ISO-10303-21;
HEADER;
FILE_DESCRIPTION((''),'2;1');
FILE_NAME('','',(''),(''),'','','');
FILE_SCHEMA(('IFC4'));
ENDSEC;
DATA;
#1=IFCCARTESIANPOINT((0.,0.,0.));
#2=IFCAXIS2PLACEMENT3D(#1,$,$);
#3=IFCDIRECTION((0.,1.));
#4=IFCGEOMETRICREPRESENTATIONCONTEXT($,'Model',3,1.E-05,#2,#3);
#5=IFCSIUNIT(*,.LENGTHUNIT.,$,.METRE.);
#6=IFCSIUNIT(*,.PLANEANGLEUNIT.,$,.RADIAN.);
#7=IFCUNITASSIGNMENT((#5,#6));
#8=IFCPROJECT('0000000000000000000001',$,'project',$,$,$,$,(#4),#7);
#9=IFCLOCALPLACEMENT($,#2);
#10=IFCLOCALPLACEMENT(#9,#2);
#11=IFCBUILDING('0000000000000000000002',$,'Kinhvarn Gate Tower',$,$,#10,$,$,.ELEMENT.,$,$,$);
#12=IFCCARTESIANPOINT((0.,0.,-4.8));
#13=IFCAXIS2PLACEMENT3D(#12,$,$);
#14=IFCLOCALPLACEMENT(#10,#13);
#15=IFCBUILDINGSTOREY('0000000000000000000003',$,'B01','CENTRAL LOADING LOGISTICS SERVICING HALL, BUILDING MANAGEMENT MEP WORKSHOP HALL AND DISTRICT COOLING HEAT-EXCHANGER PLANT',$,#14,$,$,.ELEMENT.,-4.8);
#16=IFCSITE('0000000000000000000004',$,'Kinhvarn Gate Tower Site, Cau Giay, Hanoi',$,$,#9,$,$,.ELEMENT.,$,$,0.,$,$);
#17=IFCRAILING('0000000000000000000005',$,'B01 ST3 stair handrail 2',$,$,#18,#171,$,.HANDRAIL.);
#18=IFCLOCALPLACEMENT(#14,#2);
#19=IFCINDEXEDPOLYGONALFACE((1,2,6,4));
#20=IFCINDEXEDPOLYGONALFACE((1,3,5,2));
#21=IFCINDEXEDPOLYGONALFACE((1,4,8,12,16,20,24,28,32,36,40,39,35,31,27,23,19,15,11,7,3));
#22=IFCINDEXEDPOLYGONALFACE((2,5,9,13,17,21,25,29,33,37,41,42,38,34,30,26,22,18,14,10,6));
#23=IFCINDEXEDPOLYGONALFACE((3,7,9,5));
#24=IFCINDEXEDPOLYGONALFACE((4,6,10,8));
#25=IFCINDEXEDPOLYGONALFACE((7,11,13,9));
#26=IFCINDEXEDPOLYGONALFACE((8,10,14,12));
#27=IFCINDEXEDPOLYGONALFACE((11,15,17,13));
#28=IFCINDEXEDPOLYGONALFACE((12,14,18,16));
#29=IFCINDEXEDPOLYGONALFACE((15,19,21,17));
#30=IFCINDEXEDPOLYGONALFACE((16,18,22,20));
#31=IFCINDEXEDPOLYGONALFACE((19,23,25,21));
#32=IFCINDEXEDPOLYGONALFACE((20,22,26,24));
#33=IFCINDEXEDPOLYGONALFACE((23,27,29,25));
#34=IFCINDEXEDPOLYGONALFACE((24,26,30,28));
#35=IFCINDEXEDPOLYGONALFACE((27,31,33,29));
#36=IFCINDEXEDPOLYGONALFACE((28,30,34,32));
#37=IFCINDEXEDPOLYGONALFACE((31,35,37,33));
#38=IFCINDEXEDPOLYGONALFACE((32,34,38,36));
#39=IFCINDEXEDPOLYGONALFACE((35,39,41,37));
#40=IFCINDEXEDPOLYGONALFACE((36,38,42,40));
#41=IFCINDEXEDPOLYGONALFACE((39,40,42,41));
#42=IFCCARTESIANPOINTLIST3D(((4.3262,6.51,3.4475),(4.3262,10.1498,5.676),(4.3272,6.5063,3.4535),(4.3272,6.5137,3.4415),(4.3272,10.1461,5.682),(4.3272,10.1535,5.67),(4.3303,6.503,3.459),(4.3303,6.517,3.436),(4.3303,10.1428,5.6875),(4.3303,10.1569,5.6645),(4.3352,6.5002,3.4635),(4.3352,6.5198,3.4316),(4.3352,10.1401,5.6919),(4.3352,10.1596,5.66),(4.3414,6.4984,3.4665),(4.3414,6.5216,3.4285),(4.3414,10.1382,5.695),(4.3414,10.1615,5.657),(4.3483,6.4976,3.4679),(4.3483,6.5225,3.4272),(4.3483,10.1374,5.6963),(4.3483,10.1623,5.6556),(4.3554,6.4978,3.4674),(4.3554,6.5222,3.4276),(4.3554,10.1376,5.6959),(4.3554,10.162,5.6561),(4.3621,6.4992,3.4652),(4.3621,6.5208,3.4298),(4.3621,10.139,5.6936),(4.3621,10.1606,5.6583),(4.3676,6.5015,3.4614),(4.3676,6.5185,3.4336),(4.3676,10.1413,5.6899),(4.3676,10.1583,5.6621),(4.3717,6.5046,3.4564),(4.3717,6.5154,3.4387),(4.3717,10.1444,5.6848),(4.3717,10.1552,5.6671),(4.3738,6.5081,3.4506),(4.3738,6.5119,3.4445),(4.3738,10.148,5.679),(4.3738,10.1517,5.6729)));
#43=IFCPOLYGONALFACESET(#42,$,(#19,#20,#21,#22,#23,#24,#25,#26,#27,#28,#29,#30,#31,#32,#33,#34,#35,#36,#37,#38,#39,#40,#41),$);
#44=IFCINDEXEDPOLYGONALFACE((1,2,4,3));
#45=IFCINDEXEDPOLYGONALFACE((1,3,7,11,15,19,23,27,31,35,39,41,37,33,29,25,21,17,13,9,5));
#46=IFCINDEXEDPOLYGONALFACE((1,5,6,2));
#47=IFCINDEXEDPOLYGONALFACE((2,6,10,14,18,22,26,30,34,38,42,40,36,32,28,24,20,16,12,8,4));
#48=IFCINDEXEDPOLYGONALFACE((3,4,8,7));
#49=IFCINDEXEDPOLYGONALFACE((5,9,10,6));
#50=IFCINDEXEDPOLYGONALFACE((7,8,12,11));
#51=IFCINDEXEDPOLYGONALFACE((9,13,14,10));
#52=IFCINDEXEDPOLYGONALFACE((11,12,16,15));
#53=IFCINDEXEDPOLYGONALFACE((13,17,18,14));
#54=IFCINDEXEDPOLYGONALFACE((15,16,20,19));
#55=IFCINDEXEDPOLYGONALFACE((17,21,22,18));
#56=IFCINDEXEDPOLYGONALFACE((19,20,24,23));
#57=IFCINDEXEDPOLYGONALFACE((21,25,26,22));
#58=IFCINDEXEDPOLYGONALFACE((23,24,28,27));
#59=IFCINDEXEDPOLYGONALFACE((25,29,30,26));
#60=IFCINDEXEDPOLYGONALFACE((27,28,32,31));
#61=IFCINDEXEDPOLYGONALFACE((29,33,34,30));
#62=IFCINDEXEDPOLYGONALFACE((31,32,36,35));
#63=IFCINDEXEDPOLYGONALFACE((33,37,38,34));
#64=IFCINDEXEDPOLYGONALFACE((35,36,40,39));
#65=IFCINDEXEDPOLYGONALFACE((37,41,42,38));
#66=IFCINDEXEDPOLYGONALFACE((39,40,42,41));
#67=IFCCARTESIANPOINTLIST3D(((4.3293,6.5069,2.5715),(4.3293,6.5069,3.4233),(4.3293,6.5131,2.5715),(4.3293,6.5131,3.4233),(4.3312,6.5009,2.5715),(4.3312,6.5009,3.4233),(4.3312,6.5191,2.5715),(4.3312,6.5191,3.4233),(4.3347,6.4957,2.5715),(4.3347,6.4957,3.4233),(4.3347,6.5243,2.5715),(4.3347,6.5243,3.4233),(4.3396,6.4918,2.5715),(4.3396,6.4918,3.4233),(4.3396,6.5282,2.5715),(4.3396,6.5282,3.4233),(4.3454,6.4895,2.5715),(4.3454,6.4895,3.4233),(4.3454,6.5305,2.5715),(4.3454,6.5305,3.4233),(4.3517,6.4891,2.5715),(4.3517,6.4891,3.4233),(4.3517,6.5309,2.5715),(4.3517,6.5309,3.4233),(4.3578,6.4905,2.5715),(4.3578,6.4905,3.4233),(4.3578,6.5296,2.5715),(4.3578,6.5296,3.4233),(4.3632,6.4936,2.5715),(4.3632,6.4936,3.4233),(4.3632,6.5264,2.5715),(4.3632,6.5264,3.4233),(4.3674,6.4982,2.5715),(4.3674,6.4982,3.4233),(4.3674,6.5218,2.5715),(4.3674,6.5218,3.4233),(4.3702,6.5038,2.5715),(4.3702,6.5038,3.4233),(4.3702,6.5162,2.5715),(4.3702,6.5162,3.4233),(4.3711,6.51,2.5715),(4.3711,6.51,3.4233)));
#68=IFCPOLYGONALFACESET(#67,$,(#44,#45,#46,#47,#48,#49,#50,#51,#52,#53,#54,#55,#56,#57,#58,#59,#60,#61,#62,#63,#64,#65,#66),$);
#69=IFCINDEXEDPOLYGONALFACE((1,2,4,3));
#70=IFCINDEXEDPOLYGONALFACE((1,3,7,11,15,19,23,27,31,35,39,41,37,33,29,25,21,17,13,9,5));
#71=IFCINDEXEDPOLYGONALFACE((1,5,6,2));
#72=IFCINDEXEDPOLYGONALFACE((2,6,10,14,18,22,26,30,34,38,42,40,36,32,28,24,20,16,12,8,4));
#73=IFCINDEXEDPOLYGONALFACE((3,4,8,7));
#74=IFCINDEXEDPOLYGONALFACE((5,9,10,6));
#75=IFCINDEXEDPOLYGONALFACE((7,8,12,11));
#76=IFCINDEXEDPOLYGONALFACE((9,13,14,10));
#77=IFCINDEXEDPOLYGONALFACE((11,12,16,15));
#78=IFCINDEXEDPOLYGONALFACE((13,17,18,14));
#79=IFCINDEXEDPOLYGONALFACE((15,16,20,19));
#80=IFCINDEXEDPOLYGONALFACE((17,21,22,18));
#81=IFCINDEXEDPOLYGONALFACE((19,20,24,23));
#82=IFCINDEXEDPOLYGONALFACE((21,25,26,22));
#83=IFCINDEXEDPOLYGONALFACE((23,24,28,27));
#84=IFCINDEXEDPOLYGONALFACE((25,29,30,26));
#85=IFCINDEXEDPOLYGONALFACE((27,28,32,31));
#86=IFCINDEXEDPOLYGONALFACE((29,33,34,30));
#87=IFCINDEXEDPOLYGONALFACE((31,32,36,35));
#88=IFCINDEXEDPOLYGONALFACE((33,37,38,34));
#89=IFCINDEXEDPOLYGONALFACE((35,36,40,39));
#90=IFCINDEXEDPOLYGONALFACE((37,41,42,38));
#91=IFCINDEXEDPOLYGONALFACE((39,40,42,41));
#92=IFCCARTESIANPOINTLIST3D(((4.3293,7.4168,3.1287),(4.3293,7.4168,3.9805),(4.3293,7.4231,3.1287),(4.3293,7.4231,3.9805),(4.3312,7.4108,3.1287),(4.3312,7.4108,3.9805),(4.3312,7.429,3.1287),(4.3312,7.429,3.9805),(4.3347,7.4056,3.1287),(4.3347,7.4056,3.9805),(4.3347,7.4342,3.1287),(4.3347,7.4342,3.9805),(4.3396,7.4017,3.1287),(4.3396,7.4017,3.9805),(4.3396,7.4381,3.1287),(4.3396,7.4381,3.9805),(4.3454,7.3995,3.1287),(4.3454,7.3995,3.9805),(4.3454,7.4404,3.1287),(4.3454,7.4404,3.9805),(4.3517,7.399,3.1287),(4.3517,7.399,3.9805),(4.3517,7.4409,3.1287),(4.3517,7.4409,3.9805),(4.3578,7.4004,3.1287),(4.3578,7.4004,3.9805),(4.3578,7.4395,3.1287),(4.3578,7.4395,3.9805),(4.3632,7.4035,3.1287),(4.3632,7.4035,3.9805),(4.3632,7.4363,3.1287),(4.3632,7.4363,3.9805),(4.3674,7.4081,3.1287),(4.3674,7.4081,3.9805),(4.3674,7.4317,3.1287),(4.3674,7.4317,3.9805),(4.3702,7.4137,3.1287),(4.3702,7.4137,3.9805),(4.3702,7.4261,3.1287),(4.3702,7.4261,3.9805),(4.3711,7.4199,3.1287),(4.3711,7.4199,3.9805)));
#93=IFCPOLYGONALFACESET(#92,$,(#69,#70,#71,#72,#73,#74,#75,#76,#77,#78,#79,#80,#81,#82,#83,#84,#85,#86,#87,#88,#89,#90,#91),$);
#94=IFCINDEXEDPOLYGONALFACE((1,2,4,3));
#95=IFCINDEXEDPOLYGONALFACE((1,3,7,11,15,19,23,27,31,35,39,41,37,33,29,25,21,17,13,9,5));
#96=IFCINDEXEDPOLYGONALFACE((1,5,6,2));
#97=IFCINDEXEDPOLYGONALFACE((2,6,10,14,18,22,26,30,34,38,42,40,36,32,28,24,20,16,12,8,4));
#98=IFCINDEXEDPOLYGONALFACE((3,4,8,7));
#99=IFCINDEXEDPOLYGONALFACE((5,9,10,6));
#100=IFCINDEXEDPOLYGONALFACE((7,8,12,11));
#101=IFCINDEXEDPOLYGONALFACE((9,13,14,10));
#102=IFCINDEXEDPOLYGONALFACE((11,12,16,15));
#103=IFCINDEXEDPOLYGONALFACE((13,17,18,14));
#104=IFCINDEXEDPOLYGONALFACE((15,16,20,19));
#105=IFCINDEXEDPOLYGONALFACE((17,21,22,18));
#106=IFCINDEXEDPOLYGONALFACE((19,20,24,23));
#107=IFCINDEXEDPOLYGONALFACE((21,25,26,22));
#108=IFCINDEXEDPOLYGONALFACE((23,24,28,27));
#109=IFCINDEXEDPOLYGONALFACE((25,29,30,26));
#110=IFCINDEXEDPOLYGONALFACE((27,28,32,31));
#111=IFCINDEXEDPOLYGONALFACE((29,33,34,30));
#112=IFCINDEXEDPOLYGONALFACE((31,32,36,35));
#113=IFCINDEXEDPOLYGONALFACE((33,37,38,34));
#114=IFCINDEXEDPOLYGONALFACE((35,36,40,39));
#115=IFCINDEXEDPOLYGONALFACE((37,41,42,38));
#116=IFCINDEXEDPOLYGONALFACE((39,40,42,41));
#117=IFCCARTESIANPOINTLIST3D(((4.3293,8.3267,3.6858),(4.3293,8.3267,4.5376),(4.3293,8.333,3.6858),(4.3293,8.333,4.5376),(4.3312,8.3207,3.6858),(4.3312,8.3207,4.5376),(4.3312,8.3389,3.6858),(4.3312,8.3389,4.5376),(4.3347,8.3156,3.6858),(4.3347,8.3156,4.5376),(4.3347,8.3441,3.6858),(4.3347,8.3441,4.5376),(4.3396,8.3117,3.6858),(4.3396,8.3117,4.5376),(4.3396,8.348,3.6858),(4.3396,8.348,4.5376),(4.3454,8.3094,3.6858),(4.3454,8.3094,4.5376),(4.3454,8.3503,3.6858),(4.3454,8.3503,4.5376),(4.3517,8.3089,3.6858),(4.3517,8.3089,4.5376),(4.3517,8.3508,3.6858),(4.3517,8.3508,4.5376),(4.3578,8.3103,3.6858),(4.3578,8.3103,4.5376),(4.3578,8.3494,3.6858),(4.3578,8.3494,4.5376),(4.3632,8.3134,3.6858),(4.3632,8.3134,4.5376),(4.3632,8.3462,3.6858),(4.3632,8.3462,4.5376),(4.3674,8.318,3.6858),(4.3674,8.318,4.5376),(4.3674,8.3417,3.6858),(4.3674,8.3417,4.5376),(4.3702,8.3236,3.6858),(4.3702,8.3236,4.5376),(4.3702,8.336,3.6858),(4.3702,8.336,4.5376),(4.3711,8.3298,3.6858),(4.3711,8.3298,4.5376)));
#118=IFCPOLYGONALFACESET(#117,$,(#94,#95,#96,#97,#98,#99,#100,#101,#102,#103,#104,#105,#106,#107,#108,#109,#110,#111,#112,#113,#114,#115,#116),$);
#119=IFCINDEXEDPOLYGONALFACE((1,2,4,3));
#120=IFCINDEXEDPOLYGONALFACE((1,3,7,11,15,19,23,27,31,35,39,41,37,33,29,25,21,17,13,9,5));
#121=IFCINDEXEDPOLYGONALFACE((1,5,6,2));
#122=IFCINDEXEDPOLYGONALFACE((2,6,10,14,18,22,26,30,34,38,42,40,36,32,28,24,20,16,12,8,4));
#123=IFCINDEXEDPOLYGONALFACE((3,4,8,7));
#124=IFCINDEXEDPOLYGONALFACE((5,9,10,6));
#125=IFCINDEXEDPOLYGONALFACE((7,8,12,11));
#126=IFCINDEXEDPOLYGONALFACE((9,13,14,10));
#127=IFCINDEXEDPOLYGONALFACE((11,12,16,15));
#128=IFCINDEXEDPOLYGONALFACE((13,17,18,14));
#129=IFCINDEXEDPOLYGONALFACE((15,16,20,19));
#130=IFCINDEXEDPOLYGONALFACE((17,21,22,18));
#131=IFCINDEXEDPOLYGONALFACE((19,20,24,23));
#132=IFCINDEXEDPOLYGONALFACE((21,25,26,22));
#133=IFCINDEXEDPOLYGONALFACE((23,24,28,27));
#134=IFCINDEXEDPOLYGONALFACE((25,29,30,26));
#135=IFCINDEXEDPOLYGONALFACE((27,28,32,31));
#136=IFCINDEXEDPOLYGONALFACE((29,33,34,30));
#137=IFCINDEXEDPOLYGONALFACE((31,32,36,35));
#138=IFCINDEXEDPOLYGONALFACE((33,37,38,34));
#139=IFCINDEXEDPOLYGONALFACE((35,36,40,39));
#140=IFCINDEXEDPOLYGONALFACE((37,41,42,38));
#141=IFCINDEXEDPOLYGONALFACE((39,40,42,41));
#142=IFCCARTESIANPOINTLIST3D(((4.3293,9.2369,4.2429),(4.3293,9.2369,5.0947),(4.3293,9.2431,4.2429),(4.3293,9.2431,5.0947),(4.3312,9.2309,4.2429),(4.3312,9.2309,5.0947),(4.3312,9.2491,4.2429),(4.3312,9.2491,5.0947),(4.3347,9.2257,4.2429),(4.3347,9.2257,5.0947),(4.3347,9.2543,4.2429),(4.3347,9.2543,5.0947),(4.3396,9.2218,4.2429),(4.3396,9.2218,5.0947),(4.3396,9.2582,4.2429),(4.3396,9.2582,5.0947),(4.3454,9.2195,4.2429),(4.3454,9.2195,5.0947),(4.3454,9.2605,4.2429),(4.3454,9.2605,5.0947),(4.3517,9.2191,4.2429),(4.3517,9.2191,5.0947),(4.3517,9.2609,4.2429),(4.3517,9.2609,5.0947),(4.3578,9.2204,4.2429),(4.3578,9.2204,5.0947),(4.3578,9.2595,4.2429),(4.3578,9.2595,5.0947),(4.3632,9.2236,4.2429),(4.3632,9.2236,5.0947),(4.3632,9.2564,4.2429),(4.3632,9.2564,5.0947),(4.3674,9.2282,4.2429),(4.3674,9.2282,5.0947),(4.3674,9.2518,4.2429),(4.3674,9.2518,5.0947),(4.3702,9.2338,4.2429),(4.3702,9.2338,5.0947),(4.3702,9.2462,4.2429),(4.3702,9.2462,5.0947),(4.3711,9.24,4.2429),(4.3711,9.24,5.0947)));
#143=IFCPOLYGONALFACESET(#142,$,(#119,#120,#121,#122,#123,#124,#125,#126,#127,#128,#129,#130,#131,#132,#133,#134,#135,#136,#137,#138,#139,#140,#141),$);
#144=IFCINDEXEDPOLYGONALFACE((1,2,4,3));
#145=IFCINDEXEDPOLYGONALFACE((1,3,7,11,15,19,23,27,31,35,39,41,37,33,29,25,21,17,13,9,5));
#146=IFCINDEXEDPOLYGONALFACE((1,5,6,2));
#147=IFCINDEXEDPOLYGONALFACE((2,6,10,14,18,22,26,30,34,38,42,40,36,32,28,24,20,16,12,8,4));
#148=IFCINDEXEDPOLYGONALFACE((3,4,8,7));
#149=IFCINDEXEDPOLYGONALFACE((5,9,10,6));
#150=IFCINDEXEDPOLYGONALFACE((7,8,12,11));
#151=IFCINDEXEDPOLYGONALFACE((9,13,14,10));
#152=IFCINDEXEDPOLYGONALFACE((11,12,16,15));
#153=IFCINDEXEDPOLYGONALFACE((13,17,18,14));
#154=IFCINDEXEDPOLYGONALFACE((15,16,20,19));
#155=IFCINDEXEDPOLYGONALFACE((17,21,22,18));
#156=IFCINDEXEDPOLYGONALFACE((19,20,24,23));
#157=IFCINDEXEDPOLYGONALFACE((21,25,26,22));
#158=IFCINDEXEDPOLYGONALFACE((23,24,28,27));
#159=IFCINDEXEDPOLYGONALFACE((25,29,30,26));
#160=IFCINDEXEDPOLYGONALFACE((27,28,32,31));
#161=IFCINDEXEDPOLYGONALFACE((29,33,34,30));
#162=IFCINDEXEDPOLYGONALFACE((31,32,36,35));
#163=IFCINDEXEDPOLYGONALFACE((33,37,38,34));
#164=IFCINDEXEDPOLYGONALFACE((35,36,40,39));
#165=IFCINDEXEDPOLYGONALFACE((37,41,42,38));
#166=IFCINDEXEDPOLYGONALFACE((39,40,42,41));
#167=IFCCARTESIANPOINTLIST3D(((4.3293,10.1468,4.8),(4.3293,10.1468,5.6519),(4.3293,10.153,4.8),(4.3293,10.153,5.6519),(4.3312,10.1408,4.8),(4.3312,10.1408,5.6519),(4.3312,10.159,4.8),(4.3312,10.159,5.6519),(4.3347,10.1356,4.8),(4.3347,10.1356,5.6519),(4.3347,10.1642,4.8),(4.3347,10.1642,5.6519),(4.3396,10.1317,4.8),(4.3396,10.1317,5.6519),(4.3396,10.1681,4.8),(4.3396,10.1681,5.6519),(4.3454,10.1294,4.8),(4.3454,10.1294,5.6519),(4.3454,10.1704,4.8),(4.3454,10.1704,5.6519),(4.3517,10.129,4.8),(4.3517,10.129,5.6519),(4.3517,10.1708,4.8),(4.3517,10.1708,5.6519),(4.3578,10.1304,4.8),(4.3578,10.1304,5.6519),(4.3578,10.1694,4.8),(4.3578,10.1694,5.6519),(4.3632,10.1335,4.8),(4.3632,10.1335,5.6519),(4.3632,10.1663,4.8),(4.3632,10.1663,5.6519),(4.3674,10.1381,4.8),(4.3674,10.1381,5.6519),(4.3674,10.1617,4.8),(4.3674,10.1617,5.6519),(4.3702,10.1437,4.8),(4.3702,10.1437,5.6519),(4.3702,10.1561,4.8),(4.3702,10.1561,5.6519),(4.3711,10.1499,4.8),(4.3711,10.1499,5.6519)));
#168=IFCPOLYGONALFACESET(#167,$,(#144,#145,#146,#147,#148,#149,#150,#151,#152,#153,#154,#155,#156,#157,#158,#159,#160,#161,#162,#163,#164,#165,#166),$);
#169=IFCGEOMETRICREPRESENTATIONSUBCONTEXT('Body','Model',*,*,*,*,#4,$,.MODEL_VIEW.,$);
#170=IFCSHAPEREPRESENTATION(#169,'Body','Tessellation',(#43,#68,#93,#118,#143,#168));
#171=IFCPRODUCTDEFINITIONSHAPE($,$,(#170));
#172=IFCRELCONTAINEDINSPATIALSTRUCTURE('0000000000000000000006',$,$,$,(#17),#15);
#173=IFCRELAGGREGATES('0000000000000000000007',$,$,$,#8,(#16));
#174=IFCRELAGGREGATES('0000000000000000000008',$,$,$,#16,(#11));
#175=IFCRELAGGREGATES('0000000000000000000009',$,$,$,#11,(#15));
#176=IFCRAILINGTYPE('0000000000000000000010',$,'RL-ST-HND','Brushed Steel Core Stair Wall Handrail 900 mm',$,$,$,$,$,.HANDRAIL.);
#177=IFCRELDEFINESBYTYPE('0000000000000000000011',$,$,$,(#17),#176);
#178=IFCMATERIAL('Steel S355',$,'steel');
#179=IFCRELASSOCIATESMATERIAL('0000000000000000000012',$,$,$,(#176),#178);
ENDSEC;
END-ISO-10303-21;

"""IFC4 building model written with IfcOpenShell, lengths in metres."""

from ifc_helpers import new_model, si_unit, direction, frame, origin, origin_2d, place, context, subcontext, project, spatial, circle, extrude, material, type_object, element, save


model = new_model("IFC4")

# Units and contexts
model_context = context("Model", 3, precision=1e-05, world=origin(), true_north=direction((0.0, 1.0)))
body_context = subcontext(model_context, "Body", "Model", "MODEL_VIEW")
ifc_project = project(units=[si_unit("LENGTHUNIT", "METRE"), si_unit("PLANEANGLEUNIT", "RADIAN")], contexts=[model_context])

# Site, building, storey
site_placement = place(None, origin())
site = spatial("IfcSite", under=ifc_project, at=site_placement, Name="Kinhvarn Gate Tower Site, Cau Giay, Hanoi", CompositionType="ELEMENT", RefElevation=0.0)
building_placement = place(site_placement, origin())
building = spatial("IfcBuilding", under=site, at=building_placement, Name="Kinhvarn Gate Tower", CompositionType="ELEMENT")
storey_placement = place(building_placement, frame((0.0, 0.0, -4.8)))
storey = spatial("IfcBuildingStorey", under=building, at=storey_placement, Name="B01", Description="CENTRAL LOADING LOGISTICS SERVICING HALL, BUILDING MANAGEMENT MEP WORKSHOP HALL AND DISTRICT COOLING HEAT-EXCHANGER PLANT", CompositionType="ELEMENT", Elevation=-4.8)

# Shared definitions
ifc_material_1 = material(Name="Steel S355", Category="steel")

# Railing
railing_type_1 = type_object("IfcRailingType", Name="RL-ST-HND", Description="Brushed Steel Core Stair Wall Handrail 900 mm", PredefinedType="HANDRAIL", material=ifc_material_1)
railing_1_placement = place(storey_placement, frame((4.3501, 6.51, 2.5715)))
element("IfcRailing", 1, at=railing_1_placement, inside=storey, type_object=railing_type_1, Name="B01 ST3 stair handrail 2", PredefinedType="HANDRAIL", context=body_context, shape_type="SweptSolid", body=[
    extrude(circle(Radius=0.0239, at=origin_2d()), frame((0.0, 0.0, 0.876), z_axis=(0.0, 0.85285, 0.522156), x_axis=(-1.0, 0.0, 0.0)), (0.0, 0.0, 1.0), 4.2678),
    extrude(circle(Radius=0.021, at=origin_2d()), origin(), (0.0, 0.0, 1.0), 0.8518),
    extrude(circle(Radius=0.021, at=origin_2d()), frame((0.0, 0.9099, 0.5571)), (0.0, 0.0, 1.0), 0.8518),
    extrude(circle(Radius=0.021, at=origin_2d()), frame((0.0, 1.8198, 1.1143)), (0.0, 0.0, 1.0), 0.8518),
    extrude(circle(Radius=0.021, at=origin_2d()), frame((0.0, 2.73, 1.6714)), (0.0, 0.0, 1.0), 0.8518),
    extrude(circle(Radius=0.021, at=origin_2d()), frame((0.0, 3.6399, 2.2285)), (0.0, 0.0, 1.0), 0.8518),
])

save(model, "model.ifc")
